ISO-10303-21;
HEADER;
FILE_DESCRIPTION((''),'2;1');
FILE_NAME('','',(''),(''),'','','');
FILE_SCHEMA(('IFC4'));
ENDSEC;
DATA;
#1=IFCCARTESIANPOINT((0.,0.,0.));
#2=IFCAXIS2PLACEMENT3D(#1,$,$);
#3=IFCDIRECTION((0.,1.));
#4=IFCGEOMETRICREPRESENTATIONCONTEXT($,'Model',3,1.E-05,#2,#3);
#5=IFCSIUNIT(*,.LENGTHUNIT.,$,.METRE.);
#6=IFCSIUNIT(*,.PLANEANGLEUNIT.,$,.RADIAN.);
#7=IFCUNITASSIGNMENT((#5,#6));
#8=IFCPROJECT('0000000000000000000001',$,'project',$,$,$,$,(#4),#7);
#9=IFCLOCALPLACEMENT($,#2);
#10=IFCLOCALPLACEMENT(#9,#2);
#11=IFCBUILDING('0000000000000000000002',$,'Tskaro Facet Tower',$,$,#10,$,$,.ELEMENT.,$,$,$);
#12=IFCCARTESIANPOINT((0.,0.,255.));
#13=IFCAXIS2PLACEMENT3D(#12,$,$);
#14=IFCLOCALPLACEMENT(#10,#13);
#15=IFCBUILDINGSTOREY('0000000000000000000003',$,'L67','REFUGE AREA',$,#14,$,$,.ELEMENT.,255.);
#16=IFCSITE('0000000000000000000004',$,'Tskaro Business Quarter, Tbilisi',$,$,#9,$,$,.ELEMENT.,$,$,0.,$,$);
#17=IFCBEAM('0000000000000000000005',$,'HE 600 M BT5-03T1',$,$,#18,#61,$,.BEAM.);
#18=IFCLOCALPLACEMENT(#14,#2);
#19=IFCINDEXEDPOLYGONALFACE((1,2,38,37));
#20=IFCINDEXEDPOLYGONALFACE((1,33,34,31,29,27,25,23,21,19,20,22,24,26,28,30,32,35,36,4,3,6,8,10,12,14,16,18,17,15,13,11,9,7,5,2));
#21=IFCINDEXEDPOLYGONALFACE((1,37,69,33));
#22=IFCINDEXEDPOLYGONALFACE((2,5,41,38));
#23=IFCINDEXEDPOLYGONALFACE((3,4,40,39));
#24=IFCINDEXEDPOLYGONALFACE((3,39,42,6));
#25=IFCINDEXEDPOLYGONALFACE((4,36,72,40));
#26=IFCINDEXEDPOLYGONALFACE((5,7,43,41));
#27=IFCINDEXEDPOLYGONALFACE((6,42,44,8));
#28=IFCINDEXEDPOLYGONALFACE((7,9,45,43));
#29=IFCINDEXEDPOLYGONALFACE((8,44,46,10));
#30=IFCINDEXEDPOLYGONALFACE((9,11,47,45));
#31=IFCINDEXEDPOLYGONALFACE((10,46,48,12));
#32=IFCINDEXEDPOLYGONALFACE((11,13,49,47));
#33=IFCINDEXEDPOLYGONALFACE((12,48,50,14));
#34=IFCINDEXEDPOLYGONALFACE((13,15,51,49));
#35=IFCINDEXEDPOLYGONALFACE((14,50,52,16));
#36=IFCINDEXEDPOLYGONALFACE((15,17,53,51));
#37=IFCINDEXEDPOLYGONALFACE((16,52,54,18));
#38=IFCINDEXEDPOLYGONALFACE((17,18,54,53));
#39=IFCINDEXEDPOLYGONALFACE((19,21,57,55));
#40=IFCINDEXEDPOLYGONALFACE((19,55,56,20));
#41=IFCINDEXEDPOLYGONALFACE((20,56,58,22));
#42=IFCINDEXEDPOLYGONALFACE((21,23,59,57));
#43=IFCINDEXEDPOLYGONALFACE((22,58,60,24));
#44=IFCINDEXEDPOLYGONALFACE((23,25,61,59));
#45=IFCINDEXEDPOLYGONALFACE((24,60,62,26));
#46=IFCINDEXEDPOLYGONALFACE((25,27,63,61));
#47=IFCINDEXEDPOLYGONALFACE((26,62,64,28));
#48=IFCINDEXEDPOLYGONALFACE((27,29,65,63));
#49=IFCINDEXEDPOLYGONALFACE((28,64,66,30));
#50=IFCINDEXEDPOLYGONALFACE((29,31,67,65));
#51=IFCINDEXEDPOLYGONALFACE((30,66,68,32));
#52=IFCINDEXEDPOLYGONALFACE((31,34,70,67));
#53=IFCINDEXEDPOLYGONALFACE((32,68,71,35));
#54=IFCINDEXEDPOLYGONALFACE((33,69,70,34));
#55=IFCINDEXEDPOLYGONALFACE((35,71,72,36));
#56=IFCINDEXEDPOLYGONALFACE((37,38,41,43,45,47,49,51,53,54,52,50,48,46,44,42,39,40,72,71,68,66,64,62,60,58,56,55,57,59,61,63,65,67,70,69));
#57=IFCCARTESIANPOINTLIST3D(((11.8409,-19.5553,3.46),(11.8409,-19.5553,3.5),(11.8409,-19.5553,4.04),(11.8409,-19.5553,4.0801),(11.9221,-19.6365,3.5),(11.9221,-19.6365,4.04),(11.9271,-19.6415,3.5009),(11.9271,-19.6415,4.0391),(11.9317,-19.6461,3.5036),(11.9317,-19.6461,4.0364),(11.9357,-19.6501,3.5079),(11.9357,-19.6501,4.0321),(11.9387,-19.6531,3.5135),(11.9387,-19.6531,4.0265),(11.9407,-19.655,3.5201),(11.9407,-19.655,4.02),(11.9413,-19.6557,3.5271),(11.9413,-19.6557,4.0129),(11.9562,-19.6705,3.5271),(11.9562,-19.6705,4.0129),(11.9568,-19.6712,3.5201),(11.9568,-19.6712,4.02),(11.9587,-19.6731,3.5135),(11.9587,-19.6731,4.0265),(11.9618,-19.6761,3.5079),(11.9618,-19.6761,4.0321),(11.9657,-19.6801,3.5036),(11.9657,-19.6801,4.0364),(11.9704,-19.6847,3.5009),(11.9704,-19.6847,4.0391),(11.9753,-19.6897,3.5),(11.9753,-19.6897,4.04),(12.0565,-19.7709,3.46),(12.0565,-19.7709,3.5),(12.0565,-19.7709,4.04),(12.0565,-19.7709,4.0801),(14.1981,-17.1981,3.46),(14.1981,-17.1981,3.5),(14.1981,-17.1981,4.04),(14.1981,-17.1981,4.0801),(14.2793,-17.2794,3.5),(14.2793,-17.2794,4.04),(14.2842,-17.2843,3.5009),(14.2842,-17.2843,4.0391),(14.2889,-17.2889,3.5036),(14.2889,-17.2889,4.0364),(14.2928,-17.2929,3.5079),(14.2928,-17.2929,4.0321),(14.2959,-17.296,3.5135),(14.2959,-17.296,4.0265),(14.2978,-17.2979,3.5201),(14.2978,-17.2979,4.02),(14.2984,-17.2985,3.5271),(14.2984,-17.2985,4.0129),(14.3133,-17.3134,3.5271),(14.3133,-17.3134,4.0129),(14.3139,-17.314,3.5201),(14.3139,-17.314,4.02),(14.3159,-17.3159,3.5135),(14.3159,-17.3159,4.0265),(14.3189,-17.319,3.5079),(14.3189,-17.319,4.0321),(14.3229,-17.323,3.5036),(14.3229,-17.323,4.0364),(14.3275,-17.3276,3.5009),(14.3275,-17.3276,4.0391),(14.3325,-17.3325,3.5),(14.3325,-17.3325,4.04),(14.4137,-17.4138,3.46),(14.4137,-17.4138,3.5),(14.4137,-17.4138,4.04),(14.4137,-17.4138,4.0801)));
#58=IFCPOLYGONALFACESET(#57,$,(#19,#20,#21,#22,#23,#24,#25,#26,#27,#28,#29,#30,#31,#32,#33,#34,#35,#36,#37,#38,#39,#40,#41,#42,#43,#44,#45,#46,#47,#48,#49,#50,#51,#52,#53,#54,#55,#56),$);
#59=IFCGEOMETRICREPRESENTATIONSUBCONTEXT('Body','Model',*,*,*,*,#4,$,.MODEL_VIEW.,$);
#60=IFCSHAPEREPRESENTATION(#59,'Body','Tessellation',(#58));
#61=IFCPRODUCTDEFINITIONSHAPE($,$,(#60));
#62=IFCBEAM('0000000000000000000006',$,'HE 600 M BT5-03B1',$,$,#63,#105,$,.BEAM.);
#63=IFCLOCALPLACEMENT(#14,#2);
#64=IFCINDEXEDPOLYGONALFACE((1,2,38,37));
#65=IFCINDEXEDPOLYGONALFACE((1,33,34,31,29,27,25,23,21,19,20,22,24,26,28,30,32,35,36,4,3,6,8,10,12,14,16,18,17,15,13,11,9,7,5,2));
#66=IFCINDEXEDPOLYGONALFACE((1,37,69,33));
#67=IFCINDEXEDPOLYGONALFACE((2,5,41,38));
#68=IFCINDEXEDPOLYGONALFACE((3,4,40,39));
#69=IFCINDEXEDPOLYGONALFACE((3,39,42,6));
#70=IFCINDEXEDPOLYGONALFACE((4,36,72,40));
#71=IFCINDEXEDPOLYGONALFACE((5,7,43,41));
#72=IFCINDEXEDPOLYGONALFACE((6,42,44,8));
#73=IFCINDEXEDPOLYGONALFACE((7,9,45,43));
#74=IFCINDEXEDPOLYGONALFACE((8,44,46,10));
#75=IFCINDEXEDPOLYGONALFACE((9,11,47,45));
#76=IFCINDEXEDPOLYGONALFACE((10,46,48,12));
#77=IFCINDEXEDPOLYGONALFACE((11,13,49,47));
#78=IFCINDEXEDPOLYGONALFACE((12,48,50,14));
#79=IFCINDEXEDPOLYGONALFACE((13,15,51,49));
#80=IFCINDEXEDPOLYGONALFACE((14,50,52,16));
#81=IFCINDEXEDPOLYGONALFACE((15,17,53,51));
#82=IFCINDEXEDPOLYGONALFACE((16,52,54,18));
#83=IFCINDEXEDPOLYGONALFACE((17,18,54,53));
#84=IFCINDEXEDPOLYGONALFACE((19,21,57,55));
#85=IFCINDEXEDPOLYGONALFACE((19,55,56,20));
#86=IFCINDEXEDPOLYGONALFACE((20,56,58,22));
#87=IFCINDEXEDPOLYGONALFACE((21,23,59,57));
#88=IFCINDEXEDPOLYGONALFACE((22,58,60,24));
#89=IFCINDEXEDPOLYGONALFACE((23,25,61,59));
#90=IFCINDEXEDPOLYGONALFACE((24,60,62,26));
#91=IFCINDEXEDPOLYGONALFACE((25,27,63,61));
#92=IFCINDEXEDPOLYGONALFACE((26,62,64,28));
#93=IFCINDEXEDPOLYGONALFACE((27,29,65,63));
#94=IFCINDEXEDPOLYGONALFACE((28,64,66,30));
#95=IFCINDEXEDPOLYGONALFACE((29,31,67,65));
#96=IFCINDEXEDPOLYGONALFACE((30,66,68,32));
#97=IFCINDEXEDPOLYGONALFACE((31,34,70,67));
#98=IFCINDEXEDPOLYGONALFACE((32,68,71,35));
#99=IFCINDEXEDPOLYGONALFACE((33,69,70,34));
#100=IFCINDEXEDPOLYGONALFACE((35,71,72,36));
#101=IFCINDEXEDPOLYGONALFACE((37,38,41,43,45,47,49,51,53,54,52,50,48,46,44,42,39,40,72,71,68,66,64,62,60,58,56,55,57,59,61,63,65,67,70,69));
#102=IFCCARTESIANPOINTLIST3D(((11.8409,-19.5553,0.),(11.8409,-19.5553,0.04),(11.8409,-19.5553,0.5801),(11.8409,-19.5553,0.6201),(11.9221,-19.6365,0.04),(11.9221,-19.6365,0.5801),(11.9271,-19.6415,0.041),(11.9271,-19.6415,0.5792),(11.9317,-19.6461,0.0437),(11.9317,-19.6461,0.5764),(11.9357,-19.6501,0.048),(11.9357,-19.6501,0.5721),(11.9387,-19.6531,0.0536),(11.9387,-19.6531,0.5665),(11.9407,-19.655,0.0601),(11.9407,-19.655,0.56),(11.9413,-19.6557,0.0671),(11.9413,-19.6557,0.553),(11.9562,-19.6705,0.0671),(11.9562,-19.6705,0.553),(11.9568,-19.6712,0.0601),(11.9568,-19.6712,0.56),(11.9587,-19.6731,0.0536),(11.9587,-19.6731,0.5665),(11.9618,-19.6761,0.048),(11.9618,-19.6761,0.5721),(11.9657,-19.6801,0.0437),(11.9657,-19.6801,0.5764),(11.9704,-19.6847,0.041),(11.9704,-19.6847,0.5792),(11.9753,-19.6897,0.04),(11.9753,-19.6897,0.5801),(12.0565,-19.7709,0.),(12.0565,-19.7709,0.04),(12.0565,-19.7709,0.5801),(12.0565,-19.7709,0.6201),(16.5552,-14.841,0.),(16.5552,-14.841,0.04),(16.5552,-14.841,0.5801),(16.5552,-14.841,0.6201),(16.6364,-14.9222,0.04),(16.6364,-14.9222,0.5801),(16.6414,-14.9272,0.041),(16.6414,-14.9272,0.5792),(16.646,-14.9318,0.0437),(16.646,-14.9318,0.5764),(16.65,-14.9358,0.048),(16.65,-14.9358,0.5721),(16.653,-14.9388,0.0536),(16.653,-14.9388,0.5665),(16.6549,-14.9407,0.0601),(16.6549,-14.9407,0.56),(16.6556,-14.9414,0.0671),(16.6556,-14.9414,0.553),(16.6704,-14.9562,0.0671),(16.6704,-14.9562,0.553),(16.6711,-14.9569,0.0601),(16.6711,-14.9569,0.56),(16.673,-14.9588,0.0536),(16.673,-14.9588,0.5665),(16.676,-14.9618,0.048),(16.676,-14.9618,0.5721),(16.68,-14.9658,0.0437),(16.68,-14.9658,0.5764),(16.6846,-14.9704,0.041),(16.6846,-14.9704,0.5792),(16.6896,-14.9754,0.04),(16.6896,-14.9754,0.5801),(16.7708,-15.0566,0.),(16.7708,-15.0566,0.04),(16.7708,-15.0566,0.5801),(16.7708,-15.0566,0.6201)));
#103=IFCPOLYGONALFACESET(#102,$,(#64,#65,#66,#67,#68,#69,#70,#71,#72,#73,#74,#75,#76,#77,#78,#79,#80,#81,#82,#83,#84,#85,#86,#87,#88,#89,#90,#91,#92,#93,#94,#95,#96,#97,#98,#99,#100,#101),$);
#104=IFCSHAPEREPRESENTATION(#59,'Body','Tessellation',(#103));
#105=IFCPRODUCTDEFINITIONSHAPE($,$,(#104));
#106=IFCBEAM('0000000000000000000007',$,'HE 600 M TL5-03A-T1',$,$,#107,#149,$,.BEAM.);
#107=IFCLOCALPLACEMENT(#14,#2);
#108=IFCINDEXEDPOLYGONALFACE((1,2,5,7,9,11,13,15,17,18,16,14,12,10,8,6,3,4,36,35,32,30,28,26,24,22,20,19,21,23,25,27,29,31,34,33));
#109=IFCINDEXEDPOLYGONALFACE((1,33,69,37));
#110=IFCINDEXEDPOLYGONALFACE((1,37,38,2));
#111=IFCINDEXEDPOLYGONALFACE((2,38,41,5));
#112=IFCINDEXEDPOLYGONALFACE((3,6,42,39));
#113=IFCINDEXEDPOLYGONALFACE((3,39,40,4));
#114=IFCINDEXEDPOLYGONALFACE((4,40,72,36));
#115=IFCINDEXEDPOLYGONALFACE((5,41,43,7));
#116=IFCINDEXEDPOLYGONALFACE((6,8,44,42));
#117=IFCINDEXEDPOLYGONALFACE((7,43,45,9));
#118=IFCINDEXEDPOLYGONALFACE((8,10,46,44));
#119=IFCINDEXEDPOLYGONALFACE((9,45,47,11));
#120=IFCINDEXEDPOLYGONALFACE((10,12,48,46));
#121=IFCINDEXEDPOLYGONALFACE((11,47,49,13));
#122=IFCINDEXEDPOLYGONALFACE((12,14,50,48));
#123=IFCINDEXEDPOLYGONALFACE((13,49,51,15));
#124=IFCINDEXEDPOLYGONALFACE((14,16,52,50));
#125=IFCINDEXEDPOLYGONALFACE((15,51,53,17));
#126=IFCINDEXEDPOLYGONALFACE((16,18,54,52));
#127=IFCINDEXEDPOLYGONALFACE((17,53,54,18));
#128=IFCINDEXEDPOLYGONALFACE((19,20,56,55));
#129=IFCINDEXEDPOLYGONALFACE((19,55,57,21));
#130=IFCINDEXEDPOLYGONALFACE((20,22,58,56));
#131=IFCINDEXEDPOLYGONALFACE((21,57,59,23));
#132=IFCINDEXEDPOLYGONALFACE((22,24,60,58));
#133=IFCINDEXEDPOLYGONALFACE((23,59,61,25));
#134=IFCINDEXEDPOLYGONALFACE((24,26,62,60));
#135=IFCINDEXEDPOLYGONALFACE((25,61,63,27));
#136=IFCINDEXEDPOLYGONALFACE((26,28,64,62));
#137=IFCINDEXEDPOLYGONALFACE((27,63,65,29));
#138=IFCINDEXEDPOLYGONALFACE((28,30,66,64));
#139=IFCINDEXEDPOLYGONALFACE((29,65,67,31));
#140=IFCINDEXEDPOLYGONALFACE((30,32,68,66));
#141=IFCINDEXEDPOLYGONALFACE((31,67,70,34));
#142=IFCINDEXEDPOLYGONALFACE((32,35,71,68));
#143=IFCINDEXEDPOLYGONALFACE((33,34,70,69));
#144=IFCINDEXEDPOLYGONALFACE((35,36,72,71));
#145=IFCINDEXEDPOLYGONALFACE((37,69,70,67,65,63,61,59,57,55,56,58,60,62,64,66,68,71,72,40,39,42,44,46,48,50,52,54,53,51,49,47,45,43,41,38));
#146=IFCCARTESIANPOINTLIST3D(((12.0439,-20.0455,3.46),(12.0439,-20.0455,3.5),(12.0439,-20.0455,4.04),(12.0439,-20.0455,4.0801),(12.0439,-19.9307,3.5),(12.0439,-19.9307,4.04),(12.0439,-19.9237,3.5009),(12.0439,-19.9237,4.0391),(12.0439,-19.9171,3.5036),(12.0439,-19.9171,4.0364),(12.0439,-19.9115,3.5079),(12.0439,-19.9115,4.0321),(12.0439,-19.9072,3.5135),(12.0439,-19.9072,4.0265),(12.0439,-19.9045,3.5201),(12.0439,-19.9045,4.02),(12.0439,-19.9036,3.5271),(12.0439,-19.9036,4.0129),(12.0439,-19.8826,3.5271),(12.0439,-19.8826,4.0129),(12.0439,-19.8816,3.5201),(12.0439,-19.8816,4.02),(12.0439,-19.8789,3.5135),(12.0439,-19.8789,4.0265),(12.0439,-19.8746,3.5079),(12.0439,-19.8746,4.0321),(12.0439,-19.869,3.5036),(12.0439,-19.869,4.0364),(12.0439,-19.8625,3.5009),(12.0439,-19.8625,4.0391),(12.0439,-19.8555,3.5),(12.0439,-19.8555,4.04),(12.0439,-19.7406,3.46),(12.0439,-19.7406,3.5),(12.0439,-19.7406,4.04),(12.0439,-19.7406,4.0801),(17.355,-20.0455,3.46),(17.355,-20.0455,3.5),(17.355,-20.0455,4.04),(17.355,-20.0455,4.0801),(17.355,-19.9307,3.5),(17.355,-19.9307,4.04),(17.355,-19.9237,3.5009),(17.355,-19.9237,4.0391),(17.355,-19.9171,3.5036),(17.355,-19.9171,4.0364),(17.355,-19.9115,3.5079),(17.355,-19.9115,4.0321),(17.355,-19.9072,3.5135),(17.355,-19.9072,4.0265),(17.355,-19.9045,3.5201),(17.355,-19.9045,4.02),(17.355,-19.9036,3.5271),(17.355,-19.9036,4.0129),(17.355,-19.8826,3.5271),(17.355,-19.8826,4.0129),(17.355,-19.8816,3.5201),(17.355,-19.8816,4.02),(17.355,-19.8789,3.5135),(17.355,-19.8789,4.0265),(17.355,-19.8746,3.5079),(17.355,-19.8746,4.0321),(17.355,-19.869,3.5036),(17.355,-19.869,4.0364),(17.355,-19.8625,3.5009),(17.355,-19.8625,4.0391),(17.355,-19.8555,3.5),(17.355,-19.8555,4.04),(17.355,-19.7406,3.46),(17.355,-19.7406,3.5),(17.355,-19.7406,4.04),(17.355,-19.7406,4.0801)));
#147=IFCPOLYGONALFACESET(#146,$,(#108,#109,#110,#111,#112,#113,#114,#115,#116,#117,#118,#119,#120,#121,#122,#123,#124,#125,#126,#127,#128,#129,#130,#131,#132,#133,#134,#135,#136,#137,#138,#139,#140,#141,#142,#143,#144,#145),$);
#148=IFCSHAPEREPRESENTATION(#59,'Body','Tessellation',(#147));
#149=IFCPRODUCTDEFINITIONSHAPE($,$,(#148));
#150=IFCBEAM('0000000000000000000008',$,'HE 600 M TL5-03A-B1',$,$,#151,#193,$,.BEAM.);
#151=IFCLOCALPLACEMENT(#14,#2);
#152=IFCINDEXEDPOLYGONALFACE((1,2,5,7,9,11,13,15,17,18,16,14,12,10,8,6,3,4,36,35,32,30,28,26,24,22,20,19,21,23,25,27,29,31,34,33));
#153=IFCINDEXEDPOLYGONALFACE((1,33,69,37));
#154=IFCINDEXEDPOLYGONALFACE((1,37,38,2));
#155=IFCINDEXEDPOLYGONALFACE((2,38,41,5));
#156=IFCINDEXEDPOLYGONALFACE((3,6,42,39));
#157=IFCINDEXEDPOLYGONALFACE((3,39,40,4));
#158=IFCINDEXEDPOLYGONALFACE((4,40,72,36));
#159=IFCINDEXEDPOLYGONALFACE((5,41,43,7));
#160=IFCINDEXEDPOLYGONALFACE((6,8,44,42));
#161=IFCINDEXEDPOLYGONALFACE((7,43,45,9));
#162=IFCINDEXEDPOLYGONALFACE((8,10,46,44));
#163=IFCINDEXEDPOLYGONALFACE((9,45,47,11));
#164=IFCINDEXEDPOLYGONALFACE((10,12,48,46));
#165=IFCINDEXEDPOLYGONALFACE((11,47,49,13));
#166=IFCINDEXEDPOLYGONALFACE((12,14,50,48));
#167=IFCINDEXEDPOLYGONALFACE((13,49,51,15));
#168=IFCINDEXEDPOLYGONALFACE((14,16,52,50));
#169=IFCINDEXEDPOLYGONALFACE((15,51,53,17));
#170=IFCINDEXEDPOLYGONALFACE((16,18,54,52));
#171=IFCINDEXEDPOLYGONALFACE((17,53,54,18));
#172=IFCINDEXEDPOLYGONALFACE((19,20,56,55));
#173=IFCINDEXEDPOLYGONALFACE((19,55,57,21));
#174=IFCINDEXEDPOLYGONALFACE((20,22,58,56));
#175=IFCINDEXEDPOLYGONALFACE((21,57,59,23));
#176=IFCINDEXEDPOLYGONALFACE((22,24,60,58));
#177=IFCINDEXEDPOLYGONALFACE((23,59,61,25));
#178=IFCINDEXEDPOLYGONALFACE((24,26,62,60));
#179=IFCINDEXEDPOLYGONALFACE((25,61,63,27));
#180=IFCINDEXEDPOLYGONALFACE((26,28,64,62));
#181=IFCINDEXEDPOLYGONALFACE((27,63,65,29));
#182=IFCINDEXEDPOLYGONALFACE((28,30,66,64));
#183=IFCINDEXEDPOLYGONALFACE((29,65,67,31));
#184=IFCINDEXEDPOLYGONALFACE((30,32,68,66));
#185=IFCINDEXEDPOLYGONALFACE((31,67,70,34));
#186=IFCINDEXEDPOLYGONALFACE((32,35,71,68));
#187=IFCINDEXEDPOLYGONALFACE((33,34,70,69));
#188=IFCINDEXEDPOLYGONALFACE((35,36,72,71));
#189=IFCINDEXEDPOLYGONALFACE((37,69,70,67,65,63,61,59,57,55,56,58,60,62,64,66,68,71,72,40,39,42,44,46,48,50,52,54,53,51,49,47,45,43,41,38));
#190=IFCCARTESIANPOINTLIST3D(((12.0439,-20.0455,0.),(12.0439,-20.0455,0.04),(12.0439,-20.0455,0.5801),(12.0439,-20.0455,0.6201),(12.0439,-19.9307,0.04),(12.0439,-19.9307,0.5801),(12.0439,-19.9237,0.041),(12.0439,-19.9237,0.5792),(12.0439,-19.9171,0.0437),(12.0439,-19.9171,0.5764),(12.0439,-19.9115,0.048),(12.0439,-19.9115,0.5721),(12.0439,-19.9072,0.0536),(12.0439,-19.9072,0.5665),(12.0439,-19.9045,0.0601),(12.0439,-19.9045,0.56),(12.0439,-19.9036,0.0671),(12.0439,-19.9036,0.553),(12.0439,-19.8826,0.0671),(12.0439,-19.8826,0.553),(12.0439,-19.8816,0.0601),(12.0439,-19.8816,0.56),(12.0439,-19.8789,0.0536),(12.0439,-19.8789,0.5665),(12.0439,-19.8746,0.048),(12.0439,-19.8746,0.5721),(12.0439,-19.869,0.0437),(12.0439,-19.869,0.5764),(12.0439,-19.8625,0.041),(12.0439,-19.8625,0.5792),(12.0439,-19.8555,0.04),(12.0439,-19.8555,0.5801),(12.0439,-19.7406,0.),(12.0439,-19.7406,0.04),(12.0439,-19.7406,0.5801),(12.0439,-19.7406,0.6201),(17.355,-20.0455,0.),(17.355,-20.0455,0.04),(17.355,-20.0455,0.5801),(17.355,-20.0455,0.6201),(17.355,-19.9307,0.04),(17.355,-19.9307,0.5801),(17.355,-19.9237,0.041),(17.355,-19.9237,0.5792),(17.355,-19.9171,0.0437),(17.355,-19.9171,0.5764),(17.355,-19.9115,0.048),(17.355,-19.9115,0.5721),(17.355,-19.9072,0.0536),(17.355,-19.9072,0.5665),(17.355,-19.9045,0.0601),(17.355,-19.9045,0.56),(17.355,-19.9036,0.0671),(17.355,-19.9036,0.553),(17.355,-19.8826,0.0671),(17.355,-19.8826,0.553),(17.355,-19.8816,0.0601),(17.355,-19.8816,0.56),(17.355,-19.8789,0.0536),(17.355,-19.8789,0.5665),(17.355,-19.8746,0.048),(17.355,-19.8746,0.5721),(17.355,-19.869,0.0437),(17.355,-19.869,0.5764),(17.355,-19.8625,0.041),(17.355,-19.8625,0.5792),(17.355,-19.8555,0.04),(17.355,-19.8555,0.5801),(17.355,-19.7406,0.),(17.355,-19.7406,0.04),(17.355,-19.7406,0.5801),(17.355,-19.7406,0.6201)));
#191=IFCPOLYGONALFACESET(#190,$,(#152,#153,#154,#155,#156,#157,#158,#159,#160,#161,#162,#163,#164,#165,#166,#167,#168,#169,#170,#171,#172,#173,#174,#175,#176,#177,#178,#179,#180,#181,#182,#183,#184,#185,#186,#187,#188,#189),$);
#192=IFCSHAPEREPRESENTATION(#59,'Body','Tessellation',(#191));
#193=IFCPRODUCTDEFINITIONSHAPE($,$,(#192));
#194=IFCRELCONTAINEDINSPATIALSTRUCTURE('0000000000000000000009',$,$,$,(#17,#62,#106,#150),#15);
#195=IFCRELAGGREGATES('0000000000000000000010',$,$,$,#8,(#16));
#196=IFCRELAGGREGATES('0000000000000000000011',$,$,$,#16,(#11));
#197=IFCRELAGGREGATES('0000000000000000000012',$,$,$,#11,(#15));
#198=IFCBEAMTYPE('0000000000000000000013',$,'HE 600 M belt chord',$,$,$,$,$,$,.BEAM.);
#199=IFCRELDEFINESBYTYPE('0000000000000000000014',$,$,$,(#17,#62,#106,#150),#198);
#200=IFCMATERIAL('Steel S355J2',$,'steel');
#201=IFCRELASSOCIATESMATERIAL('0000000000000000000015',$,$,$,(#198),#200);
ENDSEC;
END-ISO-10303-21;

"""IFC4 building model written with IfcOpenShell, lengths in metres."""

from ifc_helpers import new_model, si_unit, direction, frame, origin, origin_2d, place, context, subcontext, project, spatial, i_section, extrude, material, material_profile, profile_set, type_object, element, save


model = new_model("IFC4")

# Units and contexts
model_context = context("Model", 3, precision=1e-05, world=origin(), true_north=direction((0.0, 1.0)))
body_context = subcontext(model_context, "Body", "Model", "MODEL_VIEW")
ifc_project = project(units=[si_unit("LENGTHUNIT", "METRE"), si_unit("PLANEANGLEUNIT", "RADIAN")], contexts=[model_context])

# Site, building, storey
site_placement = place(None, origin())
site = spatial("IfcSite", under=ifc_project, at=site_placement, Name="Tskaro Business Quarter, Tbilisi", CompositionType="ELEMENT", RefElevation=0.0)
building_placement = place(site_placement, origin())
building = spatial("IfcBuilding", under=site, at=building_placement, Name="Tskaro Facet Tower", CompositionType="ELEMENT")
storey_placement = place(building_placement, frame((0.0, 0.0, 255.0)))
storey = spatial("IfcBuildingStorey", under=building, at=storey_placement, Name="L67", Description="REFUGE AREA", CompositionType="ELEMENT", Elevation=255.0)

# Shared definitions
ifc_material_1 = material(Name="Steel S355J2", Category="steel")

# Beams
ifc_material_profile_1 = material_profile(ifc_material_1, i_section(OverallWidth=0.3049, OverallDepth=0.6201, WebThickness=0.021, FlangeThickness=0.04, FilletRadius=0.0271, at=origin_2d()), Name="HE 600 M")
ifc_profile_set_1 = profile_set([ifc_material_profile_1], Name="Steel S355J2")
beam_type_1 = type_object("IfcBeamType", Name="HE 600 M belt chord", PredefinedType="BEAM", material=ifc_profile_set_1)
beam_1_placement = place(storey_placement, frame((11.9487, -19.6631, 3.77), z_axis=(0.707107, 0.707107, 0.0), x_axis=(-0.707107, 0.707107, 0.0)))
element("IfcBeam", 1, at=beam_1_placement, inside=storey, type_object=beam_type_1, Name="HE 600 M BT5-03T1", PredefinedType="BEAM", context=body_context, shape_type="SweptSolid", body=[
    extrude(i_section(OverallWidth=0.3049, OverallDepth=0.6201, WebThickness=0.021, FlangeThickness=0.04, FilletRadius=0.0271, at=origin_2d()), origin(), (0.0, 0.0, 1.0), 3.3335),
])
beam_2_placement = place(storey_placement, frame((11.9487, -19.6631, 0.3101), z_axis=(0.707107, 0.707107, 0.0), x_axis=(-0.707107, 0.707107, 0.0)))
element("IfcBeam", 2, at=beam_2_placement, inside=storey, type_object=beam_type_1, Name="HE 600 M BT5-03B1", PredefinedType="BEAM", context=body_context, shape_type="SweptSolid", body=[
    extrude(i_section(OverallWidth=0.3049, OverallDepth=0.6201, WebThickness=0.021, FlangeThickness=0.04, FilletRadius=0.0271, at=origin_2d()), origin(), (0.0, 0.0, 1.0), 6.667),
])
for number, where, z_axis, x_axis, name in (
    (3, (12.0439, -19.8931, 3.77), (1.0, 0.0, 0.0), (0.0, 1.0, 0.0), "HE 600 M TL5-03A-T1"),
    (4, (12.0439, -19.8931, 0.3101), (1.0, 0.0, 0.0), (0.0, 1.0, 0.0), "HE 600 M TL5-03A-B1"),
):
    element("IfcBeam", number, at=place(storey_placement, frame(where, z_axis=z_axis, x_axis=x_axis)), inside=storey, type_object=beam_type_1, Name=name, PredefinedType="BEAM", context=body_context, shape_type="SweptSolid", body=[
        extrude(i_section(OverallWidth=0.3049, OverallDepth=0.6201, WebThickness=0.021, FlangeThickness=0.04, FilletRadius=0.0271, at=origin_2d()), origin(), (0.0, 0.0, 1.0), 5.311),
    ])

save(model, "model.ifc")
